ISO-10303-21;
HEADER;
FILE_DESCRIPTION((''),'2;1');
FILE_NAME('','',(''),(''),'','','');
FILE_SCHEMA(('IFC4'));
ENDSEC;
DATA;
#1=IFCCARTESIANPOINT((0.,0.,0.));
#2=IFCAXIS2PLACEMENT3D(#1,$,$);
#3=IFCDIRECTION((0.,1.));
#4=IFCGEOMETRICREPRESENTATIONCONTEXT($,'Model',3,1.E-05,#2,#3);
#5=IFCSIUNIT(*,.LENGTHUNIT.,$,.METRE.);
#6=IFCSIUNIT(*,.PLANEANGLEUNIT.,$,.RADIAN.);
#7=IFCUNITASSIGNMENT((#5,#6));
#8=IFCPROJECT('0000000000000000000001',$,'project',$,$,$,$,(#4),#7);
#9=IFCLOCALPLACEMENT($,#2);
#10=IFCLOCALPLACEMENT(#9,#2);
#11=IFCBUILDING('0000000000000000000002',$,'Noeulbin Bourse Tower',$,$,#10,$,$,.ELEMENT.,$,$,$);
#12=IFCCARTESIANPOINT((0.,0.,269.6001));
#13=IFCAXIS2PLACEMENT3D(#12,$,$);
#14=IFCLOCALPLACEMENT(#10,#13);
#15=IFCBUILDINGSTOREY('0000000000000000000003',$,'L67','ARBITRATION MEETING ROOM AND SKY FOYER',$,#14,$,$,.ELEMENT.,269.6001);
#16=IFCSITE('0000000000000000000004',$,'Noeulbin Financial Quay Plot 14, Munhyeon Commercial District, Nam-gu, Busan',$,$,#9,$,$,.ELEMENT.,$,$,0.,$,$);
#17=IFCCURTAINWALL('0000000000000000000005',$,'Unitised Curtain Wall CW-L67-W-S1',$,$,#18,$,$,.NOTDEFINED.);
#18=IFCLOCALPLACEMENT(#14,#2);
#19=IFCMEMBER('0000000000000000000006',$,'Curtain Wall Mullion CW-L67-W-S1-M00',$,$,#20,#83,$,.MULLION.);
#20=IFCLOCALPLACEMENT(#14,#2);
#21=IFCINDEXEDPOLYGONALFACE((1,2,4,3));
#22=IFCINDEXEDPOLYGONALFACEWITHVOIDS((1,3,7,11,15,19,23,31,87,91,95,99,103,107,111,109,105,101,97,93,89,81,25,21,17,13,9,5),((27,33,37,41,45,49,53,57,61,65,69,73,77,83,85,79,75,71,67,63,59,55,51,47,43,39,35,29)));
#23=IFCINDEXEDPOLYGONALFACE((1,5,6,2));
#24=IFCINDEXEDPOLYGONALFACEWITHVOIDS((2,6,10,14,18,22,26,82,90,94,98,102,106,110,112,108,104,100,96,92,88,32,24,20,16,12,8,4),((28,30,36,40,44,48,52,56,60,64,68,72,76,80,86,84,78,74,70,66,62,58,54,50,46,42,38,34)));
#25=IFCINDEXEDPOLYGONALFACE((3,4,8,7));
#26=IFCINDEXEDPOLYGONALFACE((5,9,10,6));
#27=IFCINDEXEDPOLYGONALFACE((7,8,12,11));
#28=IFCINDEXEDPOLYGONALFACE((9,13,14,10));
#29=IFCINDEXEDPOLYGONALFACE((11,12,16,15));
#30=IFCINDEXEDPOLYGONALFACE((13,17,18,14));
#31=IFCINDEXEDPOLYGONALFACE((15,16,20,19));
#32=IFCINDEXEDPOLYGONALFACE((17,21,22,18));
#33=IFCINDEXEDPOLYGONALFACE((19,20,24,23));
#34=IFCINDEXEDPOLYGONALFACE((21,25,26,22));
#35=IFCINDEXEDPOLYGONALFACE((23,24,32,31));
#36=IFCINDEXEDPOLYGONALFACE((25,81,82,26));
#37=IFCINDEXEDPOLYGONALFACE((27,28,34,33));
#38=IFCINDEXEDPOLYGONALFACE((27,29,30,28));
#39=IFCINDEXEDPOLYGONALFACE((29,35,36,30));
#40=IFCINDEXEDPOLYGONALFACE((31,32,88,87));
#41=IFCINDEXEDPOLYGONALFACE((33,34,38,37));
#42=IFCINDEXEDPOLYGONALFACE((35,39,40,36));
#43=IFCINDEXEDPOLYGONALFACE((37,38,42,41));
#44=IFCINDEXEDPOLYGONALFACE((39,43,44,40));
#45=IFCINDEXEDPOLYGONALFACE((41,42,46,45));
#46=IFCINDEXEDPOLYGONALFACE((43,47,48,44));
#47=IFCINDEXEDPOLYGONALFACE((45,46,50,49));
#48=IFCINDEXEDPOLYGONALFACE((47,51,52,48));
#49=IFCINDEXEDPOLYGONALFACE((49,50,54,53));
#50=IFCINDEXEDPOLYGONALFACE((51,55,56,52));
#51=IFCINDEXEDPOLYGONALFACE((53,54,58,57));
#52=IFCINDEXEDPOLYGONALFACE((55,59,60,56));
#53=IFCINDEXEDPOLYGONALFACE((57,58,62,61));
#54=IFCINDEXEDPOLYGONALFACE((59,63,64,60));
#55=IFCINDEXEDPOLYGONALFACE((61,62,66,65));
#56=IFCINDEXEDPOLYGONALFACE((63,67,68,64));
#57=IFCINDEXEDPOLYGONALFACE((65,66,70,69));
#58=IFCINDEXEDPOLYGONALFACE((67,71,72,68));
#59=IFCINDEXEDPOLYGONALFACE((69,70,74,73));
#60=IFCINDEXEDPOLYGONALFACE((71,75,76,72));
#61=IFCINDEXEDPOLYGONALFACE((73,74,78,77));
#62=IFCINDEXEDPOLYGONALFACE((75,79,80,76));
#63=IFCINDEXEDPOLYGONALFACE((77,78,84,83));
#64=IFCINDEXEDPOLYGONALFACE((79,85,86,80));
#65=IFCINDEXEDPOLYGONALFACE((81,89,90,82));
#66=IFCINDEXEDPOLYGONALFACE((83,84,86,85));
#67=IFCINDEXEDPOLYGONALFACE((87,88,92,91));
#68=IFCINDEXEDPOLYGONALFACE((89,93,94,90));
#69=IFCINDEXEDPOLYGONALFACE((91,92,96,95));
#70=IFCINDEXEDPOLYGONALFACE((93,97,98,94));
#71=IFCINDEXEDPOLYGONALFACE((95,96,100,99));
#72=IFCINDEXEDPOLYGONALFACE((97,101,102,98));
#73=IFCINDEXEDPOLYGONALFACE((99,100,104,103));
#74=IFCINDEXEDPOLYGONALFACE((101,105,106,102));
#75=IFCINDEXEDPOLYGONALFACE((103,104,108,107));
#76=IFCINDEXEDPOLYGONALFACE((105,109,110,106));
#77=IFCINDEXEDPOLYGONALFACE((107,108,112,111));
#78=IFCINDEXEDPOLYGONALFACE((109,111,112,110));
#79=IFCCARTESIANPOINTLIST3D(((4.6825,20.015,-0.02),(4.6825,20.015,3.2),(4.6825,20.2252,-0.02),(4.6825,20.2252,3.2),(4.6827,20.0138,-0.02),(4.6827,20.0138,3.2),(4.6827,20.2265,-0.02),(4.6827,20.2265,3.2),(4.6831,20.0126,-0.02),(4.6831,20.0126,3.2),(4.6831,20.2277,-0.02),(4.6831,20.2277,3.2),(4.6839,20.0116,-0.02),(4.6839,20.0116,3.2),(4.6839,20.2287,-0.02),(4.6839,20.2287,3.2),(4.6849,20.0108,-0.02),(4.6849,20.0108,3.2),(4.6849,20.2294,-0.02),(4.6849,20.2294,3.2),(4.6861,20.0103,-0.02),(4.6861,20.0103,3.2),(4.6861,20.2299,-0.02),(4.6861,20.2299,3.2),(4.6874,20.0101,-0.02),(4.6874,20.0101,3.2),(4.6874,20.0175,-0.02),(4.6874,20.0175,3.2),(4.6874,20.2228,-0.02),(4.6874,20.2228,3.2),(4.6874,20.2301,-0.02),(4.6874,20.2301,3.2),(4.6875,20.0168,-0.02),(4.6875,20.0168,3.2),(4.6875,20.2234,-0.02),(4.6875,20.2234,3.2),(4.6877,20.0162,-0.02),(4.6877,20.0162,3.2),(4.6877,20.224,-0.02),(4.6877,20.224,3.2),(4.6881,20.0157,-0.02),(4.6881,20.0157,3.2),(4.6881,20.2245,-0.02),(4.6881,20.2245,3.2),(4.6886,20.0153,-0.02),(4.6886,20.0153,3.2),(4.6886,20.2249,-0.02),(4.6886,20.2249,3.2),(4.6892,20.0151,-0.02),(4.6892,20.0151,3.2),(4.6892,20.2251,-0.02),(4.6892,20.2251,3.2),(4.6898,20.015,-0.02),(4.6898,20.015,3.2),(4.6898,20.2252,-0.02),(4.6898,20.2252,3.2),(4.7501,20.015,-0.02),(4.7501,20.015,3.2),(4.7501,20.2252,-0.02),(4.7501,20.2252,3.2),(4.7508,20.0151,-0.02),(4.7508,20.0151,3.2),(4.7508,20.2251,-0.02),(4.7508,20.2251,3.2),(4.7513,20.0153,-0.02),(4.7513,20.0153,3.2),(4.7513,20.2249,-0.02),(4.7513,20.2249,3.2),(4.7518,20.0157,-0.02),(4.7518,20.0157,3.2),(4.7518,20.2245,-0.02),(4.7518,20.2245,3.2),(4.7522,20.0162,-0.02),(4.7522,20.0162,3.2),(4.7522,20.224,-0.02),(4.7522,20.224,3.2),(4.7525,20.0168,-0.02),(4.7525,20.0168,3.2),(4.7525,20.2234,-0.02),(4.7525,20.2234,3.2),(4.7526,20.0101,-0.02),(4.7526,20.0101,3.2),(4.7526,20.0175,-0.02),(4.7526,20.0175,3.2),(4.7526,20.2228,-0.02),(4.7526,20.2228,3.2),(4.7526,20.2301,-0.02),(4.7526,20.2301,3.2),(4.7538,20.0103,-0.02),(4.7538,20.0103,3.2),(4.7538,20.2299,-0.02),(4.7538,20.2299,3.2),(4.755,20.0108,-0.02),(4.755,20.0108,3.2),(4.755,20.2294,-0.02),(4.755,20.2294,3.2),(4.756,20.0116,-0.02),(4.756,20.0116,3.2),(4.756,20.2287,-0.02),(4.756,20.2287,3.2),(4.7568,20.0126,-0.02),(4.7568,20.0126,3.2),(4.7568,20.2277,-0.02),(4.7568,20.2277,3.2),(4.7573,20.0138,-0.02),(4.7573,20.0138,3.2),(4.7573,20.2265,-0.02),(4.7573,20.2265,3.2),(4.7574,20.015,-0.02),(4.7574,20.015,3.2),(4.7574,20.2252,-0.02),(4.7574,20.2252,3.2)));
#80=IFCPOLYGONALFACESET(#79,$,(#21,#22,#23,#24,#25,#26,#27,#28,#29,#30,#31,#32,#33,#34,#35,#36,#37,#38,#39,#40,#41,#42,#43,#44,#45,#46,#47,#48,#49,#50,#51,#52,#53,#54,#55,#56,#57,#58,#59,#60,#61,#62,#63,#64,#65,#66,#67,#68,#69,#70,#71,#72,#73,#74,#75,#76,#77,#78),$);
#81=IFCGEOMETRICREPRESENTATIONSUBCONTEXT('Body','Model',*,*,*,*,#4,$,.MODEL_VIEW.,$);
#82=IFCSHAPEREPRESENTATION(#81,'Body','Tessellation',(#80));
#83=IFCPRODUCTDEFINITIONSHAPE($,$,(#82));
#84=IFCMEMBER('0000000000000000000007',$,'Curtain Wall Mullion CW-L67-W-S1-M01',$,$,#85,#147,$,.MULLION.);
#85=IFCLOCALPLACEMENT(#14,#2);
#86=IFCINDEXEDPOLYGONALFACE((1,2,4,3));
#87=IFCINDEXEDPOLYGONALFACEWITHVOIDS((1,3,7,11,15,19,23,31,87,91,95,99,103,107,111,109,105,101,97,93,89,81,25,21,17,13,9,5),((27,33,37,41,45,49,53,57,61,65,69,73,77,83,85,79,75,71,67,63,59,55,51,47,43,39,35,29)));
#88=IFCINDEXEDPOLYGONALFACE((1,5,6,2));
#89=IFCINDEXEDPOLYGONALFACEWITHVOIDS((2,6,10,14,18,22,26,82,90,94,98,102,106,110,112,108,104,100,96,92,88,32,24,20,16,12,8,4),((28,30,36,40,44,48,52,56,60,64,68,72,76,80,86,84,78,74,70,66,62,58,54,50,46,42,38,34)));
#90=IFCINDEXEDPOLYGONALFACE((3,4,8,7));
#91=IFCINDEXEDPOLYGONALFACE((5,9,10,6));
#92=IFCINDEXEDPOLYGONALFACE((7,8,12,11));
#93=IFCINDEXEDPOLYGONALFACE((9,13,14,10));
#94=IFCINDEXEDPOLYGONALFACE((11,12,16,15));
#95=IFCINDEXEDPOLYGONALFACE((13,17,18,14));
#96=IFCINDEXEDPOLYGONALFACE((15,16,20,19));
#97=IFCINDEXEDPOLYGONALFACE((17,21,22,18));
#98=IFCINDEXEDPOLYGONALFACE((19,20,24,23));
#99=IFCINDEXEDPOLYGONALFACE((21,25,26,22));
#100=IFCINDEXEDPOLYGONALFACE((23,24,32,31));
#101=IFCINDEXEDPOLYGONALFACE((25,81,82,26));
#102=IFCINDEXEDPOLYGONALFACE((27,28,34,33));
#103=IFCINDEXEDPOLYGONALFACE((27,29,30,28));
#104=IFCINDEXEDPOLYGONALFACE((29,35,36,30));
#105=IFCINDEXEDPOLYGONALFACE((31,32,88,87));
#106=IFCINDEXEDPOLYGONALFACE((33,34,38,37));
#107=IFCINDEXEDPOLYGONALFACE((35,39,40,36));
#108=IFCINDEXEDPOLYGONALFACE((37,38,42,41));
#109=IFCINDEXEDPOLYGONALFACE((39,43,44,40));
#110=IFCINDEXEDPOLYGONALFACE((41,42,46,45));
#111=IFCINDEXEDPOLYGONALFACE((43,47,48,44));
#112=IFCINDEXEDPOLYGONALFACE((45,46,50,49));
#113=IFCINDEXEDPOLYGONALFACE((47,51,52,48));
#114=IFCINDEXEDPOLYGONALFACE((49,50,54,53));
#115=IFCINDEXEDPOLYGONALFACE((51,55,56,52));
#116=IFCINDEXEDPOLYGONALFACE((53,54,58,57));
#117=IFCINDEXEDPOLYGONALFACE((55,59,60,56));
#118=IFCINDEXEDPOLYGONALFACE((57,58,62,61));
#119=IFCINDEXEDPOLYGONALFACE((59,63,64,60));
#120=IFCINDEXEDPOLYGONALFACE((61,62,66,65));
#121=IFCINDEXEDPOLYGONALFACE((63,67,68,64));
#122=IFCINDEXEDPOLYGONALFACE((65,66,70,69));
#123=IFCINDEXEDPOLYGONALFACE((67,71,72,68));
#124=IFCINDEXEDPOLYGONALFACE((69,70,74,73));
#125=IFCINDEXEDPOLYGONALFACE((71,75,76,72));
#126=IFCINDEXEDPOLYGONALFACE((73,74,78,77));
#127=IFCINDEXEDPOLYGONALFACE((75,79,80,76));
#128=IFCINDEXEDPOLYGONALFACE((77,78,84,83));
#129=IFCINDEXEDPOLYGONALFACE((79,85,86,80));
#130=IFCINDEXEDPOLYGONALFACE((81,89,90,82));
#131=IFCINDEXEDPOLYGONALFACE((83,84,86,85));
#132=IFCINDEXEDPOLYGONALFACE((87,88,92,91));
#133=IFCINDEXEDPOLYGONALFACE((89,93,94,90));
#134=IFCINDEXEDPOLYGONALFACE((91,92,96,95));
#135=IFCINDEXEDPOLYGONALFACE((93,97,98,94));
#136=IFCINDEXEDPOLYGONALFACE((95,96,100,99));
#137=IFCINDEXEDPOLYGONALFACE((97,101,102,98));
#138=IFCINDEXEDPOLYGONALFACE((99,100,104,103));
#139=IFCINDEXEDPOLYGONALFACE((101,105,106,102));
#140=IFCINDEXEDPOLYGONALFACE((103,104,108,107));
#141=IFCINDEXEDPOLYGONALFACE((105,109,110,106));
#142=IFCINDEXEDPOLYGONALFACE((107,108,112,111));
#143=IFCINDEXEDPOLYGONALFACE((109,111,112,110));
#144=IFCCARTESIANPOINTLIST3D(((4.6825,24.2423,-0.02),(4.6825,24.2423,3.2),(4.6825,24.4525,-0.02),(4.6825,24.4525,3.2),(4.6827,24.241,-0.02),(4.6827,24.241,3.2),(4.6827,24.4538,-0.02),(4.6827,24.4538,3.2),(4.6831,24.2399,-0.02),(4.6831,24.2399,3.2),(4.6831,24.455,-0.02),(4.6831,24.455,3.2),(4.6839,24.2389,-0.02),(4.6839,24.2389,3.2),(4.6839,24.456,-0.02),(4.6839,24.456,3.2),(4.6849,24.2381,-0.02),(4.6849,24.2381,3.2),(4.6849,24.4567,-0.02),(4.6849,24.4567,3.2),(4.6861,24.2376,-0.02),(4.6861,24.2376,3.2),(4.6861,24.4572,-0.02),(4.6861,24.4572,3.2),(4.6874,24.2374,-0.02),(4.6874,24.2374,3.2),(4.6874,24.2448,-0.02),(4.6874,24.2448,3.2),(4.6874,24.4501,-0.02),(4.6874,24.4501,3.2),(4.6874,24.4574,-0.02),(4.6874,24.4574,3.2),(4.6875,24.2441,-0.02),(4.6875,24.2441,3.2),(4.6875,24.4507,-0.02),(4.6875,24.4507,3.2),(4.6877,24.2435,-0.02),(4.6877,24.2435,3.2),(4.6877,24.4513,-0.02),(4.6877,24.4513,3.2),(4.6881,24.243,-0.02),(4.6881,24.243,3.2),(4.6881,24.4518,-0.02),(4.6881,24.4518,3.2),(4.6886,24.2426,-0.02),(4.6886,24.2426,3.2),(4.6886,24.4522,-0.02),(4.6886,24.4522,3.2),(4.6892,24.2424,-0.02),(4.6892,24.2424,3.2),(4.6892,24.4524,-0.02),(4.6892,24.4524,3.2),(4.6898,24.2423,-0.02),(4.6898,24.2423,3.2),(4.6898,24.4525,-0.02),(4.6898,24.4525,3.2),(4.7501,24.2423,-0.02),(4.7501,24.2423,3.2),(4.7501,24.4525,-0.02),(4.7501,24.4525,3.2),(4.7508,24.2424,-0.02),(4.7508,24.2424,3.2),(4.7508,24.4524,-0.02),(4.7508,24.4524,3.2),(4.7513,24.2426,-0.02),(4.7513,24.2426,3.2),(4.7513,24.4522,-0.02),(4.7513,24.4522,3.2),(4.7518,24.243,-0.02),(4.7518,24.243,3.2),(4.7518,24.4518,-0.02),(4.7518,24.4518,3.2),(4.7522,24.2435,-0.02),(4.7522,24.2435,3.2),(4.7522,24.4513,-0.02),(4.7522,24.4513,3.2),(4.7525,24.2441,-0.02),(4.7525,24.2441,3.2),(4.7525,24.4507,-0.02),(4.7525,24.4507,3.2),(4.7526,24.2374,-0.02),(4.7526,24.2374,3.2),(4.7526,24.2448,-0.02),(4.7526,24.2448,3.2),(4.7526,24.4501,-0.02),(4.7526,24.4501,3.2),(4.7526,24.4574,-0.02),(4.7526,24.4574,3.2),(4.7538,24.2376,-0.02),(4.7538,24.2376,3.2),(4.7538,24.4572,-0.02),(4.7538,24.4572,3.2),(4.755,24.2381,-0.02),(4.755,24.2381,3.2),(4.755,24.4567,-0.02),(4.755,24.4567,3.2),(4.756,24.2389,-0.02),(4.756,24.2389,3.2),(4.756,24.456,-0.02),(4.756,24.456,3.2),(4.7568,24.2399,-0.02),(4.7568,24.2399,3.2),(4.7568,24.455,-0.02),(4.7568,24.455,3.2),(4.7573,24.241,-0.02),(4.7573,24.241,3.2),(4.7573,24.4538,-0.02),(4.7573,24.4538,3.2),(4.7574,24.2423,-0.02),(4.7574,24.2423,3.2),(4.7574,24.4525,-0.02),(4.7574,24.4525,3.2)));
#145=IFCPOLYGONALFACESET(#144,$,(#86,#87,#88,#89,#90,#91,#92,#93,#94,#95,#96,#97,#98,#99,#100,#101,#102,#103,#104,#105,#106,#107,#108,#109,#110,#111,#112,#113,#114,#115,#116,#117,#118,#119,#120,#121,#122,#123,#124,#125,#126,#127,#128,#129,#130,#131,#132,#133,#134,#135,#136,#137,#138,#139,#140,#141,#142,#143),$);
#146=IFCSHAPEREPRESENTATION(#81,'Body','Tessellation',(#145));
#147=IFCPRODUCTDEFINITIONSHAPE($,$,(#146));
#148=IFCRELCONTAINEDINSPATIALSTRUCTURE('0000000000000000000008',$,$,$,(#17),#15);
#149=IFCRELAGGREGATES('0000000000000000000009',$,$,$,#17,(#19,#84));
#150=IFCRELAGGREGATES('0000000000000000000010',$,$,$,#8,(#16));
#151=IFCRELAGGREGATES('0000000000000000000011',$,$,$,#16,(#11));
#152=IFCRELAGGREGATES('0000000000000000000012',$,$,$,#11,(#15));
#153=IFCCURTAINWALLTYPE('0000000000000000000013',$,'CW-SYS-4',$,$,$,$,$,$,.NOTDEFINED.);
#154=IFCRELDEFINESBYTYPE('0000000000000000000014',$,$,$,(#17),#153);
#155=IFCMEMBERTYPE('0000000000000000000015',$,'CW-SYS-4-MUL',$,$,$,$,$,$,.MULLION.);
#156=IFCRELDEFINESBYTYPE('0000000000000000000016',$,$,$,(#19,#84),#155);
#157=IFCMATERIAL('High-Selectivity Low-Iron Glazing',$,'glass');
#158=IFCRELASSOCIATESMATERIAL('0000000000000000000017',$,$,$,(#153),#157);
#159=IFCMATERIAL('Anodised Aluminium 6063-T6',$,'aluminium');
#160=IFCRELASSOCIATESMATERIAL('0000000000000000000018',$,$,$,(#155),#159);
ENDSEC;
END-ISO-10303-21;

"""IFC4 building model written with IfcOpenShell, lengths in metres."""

from ifc_helpers import new_model, si_unit, direction, frame, origin, origin_2d, place, context, subcontext, project, spatial, hollow_rectangle, extrude, material, material_profile, profile_set, type_object, element, aggregate, save


model = new_model("IFC4")

# Units and contexts
model_context = context("Model", 3, precision=1e-05, world=origin(), true_north=direction((0.0, 1.0)))
body_context = subcontext(model_context, "Body", "Model", "MODEL_VIEW")
ifc_project = project(units=[si_unit("LENGTHUNIT", "METRE"), si_unit("PLANEANGLEUNIT", "RADIAN")], contexts=[model_context])

# Site, building, storey
site_placement = place(None, origin())
site = spatial("IfcSite", under=ifc_project, at=site_placement, Name="Noeulbin Financial Quay Plot 14, Munhyeon Commercial District, Nam-gu, Busan", CompositionType="ELEMENT", RefElevation=0.0)
building_placement = place(site_placement, origin())
building = spatial("IfcBuilding", under=site, at=building_placement, Name="Noeulbin Bourse Tower", CompositionType="ELEMENT")
storey_placement = place(building_placement, frame((0.0, 0.0, 269.6001)))
storey = spatial("IfcBuildingStorey", under=building, at=storey_placement, Name="L67", Description="ARBITRATION MEETING ROOM AND SKY FOYER", CompositionType="ELEMENT", Elevation=269.6001)

# Curtain wall, members
ifc_material_1 = material(Name="High-Selectivity Low-Iron Glazing", Category="glass")
curtain_wall_type = type_object("IfcCurtainWallType", Name="CW-SYS-4", PredefinedType="NOTDEFINED", material=ifc_material_1)
curtain_wall_placement = place(storey_placement, origin())
curtain_wall = element("IfcCurtainWall", 1, at=curtain_wall_placement, inside=storey, type_object=curtain_wall_type, Name="Unitised Curtain Wall CW-L67-W-S1", PredefinedType="NOTDEFINED")
ifc_material_2 = material(Name="Anodised Aluminium 6063-T6", Category="aluminium")
ifc_material_profile_1 = material_profile(ifc_material_2, hollow_rectangle(XDim=0.075, YDim=0.22, WallThickness=0.0049, InnerFilletRadius=0.0024, OuterFilletRadius=0.0049, at=origin_2d()), Name="ALU-MULL-75x220x5", Category="LoadBearing")
ifc_profile_set_1 = profile_set([ifc_material_profile_1], Name="Anodised Aluminium 6063-T6")
member_type_1 = type_object("IfcMemberType", Name="CW-SYS-4-MUL", PredefinedType="MULLION", material=ifc_profile_set_1)
member_1_placement = place(storey_placement, frame((4.72, 20.1201, -0.02), z_axis=(0.0, 0.0, 1.0), x_axis=(1.0, 0.0, 0.0)))
member_1 = element("IfcMember", 2, at=member_1_placement, type_object=member_type_1, Name="Curtain Wall Mullion CW-L67-W-S1-M00", PredefinedType="MULLION", context=body_context, shape_type="SweptSolid", body=[
    extrude(hollow_rectangle(XDim=0.075, YDim=0.22, WallThickness=0.0049, InnerFilletRadius=0.0024, OuterFilletRadius=0.0049, at=origin_2d()), origin(), (0.0, 0.0, 1.0), 3.22),
])
member_2_placement = place(storey_placement, frame((4.72, 24.3474, -0.02), z_axis=(0.0, 0.0, 1.0), x_axis=(1.0, 0.0, 0.0)))
member_2 = element("IfcMember", 3, at=member_2_placement, type_object=member_type_1, Name="Curtain Wall Mullion CW-L67-W-S1-M01", PredefinedType="MULLION", context=body_context, shape_type="SweptSolid", body=[
    extrude(hollow_rectangle(XDim=0.075, YDim=0.22, WallThickness=0.0049, InnerFilletRadius=0.0024, OuterFilletRadius=0.0049, at=origin_2d()), origin(), (0.0, 0.0, 1.0), 3.22),
])
aggregate(curtain_wall, [member_1, member_2])

save(model, "model.ifc")
